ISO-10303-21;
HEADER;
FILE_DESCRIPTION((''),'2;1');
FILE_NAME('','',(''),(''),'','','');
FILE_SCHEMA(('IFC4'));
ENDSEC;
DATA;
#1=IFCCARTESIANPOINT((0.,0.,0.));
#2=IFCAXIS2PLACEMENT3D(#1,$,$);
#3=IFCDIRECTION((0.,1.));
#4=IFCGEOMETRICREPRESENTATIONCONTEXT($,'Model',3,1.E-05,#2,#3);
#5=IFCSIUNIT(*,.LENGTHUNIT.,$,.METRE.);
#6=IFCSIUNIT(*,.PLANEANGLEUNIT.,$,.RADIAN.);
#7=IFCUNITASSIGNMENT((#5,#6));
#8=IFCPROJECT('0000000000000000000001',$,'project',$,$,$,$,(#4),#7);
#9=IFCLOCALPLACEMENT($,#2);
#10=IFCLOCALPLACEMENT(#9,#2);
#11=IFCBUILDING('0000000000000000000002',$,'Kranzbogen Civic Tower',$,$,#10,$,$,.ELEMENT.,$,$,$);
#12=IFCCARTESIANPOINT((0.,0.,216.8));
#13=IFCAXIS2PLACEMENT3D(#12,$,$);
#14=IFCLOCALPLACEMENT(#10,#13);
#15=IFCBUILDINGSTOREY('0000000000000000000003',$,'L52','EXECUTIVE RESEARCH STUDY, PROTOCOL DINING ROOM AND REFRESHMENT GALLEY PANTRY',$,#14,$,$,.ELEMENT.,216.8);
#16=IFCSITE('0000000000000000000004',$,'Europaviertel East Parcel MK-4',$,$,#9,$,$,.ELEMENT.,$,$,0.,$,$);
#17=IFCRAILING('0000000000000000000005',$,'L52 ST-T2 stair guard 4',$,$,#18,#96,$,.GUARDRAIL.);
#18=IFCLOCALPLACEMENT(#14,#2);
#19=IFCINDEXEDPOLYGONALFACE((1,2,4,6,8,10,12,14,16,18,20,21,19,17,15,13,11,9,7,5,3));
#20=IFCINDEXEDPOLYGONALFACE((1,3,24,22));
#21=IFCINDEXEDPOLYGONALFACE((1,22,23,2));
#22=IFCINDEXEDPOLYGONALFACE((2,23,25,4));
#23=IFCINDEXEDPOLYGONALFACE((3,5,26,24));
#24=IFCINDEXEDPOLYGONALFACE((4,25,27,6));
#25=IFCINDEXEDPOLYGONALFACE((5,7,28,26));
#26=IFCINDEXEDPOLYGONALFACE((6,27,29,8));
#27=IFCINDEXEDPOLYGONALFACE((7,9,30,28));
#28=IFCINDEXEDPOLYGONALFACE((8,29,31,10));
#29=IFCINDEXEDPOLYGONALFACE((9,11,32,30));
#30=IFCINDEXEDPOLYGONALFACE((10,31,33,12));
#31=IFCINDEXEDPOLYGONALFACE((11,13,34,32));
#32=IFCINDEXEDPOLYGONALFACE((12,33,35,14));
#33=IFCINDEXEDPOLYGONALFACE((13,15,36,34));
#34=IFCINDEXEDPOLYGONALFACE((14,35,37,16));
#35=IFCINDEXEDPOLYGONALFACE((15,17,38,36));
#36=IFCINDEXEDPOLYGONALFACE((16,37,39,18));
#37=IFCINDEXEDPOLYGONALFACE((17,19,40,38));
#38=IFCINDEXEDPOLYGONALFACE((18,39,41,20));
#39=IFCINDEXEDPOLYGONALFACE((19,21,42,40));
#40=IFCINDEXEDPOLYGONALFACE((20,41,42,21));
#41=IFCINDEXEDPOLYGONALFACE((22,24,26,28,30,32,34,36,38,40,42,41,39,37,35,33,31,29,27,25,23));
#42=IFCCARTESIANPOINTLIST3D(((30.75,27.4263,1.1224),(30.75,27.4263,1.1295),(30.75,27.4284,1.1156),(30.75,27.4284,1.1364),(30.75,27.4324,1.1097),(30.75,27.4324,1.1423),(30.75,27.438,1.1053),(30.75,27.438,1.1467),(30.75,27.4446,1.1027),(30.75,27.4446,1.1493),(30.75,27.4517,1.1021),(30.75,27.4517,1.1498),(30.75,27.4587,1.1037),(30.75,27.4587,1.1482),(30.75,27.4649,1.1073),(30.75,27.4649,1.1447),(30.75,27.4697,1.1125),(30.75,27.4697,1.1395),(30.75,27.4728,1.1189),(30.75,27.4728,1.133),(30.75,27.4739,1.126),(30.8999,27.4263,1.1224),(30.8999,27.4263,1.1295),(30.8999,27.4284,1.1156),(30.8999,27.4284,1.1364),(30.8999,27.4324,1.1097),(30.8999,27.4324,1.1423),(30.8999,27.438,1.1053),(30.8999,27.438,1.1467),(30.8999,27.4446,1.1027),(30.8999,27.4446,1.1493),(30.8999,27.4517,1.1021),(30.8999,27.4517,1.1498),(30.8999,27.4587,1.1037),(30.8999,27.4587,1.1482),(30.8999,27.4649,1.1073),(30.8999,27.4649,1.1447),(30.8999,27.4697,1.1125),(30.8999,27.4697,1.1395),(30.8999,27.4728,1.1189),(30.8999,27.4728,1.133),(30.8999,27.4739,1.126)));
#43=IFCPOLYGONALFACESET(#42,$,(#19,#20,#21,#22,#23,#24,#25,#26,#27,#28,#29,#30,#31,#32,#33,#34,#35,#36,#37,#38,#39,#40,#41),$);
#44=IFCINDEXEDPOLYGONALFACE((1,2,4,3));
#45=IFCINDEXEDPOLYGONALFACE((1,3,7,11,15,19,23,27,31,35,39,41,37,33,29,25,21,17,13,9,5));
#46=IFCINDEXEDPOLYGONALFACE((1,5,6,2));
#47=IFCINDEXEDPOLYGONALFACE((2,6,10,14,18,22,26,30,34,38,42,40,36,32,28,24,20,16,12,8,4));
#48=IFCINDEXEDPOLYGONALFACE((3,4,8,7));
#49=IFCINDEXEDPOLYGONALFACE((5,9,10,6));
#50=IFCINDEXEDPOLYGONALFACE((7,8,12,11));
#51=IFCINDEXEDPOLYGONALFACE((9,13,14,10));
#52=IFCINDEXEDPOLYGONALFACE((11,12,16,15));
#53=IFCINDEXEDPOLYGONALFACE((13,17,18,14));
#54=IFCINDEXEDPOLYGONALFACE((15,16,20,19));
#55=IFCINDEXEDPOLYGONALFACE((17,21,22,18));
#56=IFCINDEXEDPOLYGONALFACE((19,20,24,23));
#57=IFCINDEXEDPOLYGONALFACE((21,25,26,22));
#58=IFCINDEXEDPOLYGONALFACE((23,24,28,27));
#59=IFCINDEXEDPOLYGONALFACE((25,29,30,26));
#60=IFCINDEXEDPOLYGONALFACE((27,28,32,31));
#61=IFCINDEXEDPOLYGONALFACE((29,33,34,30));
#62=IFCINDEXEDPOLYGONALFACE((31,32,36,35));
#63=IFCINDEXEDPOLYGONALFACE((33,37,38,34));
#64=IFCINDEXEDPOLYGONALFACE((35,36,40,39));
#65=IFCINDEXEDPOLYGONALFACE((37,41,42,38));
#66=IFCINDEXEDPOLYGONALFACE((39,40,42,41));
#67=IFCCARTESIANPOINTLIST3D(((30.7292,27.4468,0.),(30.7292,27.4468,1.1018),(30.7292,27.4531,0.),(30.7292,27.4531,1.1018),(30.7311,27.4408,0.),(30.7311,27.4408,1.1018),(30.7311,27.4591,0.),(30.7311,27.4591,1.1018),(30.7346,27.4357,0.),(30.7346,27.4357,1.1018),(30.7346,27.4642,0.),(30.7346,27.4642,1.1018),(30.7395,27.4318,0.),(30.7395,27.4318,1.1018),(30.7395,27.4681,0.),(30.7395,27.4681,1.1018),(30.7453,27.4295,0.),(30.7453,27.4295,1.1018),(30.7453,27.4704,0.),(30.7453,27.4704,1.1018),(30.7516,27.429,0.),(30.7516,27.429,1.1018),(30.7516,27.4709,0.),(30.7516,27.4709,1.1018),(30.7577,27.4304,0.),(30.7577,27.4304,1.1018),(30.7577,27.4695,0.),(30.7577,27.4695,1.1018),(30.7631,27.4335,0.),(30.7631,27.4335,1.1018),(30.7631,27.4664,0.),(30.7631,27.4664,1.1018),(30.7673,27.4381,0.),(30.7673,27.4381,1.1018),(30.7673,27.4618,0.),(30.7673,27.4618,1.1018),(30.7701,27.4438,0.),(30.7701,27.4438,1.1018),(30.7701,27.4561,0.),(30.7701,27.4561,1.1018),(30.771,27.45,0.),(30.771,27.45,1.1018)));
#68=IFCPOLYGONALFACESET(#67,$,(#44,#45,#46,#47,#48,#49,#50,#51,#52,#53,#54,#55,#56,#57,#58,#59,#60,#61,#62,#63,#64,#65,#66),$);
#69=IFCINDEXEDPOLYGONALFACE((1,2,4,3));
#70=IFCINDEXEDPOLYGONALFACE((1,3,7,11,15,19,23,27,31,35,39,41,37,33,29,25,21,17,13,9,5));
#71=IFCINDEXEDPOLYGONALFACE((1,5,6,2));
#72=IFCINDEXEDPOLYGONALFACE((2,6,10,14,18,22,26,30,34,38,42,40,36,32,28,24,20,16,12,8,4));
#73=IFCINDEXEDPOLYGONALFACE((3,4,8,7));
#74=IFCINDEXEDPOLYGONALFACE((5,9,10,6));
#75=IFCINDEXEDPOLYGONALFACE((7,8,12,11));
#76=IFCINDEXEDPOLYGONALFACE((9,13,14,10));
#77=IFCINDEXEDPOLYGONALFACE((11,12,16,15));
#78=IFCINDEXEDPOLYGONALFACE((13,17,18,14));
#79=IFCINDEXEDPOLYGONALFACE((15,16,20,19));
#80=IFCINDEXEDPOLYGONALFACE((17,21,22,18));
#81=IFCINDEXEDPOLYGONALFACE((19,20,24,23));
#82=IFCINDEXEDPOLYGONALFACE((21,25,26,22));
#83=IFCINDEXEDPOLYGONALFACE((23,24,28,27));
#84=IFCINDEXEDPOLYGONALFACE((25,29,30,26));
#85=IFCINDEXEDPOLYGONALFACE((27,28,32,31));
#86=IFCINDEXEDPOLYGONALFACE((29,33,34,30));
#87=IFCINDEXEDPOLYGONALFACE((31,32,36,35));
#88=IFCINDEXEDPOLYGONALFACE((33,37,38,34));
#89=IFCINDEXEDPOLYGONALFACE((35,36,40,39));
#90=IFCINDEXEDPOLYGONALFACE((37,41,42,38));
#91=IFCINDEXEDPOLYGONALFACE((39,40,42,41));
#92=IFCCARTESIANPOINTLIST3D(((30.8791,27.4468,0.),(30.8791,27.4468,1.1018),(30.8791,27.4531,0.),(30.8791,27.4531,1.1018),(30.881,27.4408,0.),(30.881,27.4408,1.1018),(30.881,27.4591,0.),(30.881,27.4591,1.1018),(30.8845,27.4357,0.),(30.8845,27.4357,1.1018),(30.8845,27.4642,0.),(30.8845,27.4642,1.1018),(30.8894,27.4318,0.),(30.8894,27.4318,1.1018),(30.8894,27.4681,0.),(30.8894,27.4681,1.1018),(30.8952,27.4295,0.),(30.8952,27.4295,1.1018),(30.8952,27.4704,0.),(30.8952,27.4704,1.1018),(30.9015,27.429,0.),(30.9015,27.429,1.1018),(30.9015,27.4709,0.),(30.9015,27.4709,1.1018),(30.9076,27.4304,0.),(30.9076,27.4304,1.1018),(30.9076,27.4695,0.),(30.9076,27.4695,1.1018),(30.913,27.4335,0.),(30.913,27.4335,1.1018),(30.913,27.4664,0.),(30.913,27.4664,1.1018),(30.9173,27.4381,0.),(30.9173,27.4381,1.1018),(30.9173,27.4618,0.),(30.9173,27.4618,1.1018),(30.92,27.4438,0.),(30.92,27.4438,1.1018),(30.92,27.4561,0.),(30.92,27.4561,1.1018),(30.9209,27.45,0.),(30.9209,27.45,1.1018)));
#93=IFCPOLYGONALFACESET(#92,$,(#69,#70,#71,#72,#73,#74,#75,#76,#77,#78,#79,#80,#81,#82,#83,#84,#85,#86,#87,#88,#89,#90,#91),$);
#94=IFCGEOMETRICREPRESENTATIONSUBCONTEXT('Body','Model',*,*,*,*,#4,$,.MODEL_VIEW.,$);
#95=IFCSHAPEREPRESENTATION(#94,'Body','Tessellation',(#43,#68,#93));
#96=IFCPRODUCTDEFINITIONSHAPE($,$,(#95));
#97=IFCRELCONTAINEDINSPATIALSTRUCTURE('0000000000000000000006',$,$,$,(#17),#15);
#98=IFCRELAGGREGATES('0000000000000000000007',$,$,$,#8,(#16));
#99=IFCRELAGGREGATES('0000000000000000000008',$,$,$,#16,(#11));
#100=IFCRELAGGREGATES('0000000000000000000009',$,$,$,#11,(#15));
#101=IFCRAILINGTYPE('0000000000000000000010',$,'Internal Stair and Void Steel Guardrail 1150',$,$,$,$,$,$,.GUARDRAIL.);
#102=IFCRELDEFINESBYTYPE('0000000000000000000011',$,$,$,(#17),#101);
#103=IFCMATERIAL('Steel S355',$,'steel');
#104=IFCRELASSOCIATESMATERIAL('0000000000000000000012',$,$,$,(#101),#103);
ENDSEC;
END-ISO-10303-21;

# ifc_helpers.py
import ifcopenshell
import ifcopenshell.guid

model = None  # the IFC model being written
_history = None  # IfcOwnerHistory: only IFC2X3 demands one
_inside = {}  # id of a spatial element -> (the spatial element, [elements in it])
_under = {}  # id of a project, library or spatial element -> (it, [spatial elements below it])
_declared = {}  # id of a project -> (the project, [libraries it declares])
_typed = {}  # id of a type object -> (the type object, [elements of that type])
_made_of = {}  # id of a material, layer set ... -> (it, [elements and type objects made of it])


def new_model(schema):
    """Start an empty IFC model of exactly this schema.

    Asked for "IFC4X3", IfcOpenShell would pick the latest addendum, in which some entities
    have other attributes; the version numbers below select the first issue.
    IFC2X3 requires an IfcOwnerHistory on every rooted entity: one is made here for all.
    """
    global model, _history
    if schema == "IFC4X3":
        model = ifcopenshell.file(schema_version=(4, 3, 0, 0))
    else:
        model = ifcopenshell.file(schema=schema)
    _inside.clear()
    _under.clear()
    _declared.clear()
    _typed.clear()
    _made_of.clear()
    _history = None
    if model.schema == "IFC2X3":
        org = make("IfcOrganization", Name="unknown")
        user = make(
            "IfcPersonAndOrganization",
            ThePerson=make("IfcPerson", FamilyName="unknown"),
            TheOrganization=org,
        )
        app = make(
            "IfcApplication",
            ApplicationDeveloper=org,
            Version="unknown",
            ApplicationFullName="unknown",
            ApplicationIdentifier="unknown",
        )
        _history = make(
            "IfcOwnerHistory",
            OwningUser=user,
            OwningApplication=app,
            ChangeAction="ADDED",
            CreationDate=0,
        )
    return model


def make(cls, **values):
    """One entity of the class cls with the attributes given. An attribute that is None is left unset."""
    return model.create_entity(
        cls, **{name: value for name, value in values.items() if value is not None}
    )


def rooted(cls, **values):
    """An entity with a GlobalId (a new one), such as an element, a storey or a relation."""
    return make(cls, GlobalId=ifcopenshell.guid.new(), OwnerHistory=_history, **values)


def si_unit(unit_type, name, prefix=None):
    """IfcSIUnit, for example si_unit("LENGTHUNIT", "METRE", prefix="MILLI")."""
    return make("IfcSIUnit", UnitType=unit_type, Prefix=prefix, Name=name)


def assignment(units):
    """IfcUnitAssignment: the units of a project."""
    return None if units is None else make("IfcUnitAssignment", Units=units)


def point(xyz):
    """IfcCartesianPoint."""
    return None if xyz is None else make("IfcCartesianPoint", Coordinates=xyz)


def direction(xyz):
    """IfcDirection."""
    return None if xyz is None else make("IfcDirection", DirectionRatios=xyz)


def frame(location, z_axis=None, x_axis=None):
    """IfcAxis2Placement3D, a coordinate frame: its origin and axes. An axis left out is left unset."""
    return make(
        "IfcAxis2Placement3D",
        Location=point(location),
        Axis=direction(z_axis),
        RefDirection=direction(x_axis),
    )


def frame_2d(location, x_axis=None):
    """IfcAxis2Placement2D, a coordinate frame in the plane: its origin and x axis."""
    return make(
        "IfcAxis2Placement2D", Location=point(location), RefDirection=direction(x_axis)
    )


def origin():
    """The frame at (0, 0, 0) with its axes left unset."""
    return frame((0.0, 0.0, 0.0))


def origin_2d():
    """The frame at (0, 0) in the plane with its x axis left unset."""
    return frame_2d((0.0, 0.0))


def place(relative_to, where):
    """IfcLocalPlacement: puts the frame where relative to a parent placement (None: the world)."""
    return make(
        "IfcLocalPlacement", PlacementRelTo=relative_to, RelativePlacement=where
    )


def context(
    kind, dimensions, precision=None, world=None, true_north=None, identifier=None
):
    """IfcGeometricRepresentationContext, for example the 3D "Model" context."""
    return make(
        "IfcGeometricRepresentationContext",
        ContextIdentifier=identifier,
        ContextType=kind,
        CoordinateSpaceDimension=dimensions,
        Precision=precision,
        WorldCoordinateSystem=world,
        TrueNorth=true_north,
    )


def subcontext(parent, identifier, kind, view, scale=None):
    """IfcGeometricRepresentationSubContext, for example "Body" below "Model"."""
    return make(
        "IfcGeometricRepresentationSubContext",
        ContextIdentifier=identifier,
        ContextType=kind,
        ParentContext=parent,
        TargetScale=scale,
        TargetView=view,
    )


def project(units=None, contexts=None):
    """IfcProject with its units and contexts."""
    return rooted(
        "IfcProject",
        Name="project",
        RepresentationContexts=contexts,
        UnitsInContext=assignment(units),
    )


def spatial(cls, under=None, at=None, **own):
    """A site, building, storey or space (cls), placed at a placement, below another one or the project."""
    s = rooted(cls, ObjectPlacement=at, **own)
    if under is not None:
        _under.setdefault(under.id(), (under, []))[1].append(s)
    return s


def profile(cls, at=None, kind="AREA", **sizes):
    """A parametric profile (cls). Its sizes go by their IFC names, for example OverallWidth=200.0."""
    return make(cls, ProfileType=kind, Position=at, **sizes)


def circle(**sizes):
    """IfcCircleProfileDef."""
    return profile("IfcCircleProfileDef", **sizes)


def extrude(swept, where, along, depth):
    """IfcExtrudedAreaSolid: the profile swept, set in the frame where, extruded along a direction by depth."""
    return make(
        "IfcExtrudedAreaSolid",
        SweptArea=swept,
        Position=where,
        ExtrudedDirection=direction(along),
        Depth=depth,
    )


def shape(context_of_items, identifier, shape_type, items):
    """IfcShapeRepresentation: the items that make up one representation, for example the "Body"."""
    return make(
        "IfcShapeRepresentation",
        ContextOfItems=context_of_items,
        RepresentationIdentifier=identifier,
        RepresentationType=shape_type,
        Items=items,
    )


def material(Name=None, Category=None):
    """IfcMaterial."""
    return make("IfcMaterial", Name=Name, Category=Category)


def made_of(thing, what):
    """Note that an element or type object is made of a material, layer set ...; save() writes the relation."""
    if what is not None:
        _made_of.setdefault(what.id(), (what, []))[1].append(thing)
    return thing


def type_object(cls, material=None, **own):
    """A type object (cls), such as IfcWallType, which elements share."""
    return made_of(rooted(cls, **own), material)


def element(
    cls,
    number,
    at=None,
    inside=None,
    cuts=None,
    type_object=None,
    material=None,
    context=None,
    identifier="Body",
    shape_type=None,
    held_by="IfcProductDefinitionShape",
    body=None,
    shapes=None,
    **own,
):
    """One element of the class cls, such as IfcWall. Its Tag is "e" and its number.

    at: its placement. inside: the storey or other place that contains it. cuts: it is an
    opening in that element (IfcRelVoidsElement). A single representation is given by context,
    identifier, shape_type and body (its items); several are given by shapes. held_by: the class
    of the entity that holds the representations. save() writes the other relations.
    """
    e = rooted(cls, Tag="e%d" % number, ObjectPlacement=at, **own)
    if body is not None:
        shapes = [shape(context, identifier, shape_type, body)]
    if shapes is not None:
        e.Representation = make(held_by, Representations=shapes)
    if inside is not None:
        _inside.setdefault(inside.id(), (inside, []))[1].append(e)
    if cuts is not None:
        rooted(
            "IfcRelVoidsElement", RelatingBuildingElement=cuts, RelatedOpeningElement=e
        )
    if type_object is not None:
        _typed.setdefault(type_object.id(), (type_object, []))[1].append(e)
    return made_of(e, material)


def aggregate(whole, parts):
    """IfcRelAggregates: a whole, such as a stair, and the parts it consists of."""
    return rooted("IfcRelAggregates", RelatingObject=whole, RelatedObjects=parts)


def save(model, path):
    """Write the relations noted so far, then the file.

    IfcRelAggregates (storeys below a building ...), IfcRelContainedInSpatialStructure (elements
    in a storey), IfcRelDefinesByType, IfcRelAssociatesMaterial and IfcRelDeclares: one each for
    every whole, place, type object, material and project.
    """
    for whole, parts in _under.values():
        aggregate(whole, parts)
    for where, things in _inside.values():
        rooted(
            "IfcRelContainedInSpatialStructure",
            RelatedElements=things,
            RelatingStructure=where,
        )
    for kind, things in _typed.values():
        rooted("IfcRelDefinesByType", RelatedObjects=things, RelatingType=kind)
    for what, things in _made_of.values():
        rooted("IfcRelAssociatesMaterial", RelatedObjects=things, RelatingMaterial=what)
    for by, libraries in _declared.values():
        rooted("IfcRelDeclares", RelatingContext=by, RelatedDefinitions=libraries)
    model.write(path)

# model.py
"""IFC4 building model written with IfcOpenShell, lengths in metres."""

from ifc_helpers import new_model, si_unit, direction, frame, origin, origin_2d, place, context, subcontext, project, spatial, circle, extrude, material, type_object, element, save


model = new_model("IFC4")

# Units and contexts
model_context = context("Model", 3, precision=1e-05, world=origin(), true_north=direction((0.0, 1.0)))
body_context = subcontext(model_context, "Body", "Model", "MODEL_VIEW")
ifc_project = project(units=[si_unit("LENGTHUNIT", "METRE"), si_unit("PLANEANGLEUNIT", "RADIAN")], contexts=[model_context])

# Site, building, storey
site_placement = place(None, origin())
site = spatial("IfcSite", under=ifc_project, at=site_placement, Name="Europaviertel East Parcel MK-4", CompositionType="ELEMENT", RefElevation=0.0)
building_placement = place(site_placement, origin())
building = spatial("IfcBuilding", under=site, at=building_placement, Name="Kranzbogen Civic Tower", CompositionType="ELEMENT")
storey_placement = place(building_placement, frame((0.0, 0.0, 216.8)))
storey = spatial("IfcBuildingStorey", under=building, at=storey_placement, Name="L52", Description="EXECUTIVE RESEARCH STUDY, PROTOCOL DINING ROOM AND REFRESHMENT GALLEY PANTRY", CompositionType="ELEMENT", Elevation=216.8)

# Shared definitions
ifc_material_1 = material(Name="Steel S355", Category="steel")

# Railing
railing_type_1 = type_object("IfcRailingType", Name="Internal Stair and Void Steel Guardrail 1150", PredefinedType="GUARDRAIL", material=ifc_material_1)
railing_1_placement = place(storey_placement, frame((30.75, 27.45, 0.0)))
element("IfcRailing", 1, at=railing_1_placement, inside=storey, type_object=railing_type_1, Name="L52 ST-T2 stair guard 4", PredefinedType="GUARDRAIL", context=body_context, shape_type="SweptSolid", body=[
    extrude(circle(Radius=0.0239, at=origin_2d()), frame((0.0, 0.0, 1.126), z_axis=(1.0, 0.0, 0.0), x_axis=(0.0, 1.0, 0.0)), (0.0, 0.0, 1.0), 0.1499),
    extrude(circle(Radius=0.021, at=origin_2d()), origin(), (0.0, 0.0, 1.0), 1.1018),
    extrude(circle(Radius=0.021, at=origin_2d()), frame((0.1499, 0.0, 0.0)), (0.0, 0.0, 1.0), 1.1018),
])

save(model, "model.ifc")
